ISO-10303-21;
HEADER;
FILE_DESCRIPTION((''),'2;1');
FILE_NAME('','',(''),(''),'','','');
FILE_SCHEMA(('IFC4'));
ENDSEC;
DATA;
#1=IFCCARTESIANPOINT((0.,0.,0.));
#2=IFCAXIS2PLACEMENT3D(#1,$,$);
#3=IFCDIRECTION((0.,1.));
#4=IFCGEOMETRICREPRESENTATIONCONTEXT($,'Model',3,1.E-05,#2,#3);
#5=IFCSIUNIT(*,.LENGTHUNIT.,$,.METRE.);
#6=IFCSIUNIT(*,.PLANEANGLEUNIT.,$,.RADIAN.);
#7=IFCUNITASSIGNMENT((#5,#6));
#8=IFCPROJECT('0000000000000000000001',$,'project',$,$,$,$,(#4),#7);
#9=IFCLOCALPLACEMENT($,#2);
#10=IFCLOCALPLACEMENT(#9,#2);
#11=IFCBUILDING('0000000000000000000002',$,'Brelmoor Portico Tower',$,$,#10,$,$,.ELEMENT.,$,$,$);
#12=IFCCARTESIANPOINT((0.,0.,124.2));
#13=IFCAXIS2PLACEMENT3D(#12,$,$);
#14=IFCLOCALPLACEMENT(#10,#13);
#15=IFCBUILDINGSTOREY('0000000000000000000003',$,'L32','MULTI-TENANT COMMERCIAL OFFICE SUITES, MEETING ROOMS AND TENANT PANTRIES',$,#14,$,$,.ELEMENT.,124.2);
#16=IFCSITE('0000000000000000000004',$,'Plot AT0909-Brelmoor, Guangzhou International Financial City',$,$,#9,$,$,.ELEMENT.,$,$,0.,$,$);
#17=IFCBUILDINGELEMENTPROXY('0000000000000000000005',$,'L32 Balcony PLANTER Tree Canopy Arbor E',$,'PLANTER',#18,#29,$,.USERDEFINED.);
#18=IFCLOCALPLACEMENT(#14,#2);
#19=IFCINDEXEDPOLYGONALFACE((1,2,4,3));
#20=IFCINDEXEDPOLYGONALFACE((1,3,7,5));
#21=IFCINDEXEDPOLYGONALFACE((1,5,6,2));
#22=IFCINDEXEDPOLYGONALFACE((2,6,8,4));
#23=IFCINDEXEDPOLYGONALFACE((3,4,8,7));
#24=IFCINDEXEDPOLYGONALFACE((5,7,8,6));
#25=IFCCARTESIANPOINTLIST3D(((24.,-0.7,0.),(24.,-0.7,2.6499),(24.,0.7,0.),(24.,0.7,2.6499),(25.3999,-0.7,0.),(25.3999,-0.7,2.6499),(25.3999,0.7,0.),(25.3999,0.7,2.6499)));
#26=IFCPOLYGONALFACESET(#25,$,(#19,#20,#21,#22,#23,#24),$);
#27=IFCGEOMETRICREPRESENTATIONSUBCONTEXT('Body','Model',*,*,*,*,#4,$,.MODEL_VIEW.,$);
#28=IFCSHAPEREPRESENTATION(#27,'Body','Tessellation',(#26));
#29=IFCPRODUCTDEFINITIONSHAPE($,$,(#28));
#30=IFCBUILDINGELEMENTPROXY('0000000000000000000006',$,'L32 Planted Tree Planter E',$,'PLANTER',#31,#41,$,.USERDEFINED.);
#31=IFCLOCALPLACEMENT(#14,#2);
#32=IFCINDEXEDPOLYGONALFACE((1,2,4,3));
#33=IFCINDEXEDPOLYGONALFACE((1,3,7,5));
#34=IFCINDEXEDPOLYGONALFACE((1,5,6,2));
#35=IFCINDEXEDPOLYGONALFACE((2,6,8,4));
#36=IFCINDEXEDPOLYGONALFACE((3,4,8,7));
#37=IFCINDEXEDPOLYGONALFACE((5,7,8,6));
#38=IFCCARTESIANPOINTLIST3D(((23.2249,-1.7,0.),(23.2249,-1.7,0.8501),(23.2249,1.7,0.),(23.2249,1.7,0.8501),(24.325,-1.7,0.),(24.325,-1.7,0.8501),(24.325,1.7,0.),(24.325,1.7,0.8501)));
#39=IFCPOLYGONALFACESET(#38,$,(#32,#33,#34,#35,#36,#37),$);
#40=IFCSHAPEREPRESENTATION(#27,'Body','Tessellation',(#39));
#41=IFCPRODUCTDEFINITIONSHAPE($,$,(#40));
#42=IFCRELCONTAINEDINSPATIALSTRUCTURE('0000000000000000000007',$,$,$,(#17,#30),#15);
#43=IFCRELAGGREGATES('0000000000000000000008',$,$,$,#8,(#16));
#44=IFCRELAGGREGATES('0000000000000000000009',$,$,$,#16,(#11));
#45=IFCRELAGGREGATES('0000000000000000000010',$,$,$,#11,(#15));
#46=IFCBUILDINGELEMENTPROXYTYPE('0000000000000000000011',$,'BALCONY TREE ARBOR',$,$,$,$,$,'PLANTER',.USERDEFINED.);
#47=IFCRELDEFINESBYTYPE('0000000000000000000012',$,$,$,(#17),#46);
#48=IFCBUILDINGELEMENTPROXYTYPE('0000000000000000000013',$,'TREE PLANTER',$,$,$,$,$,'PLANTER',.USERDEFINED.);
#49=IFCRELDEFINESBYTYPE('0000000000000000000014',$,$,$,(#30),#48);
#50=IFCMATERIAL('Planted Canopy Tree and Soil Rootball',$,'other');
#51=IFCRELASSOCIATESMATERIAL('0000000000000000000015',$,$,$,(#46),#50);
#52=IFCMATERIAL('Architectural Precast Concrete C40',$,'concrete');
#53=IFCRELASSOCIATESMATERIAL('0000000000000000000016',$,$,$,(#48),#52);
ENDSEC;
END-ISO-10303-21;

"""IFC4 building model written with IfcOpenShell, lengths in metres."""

from ifc_helpers import new_model, si_unit, direction, frame, origin, origin_2d, place, context, subcontext, project, spatial, rectangle, extrude, material, type_object, element, save


model = new_model("IFC4")

# Units and contexts
model_context = context("Model", 3, precision=1e-05, world=origin(), true_north=direction((0.0, 1.0)))
body_context = subcontext(model_context, "Body", "Model", "MODEL_VIEW")
ifc_project = project(units=[si_unit("LENGTHUNIT", "METRE"), si_unit("PLANEANGLEUNIT", "RADIAN")], contexts=[model_context])

# Site, building, storey
site_placement = place(None, origin())
site = spatial("IfcSite", under=ifc_project, at=site_placement, Name="Plot AT0909-Brelmoor, Guangzhou International Financial City", CompositionType="ELEMENT", RefElevation=0.0)
building_placement = place(site_placement, origin())
building = spatial("IfcBuilding", under=site, at=building_placement, Name="Brelmoor Portico Tower", CompositionType="ELEMENT")
storey_placement = place(building_placement, frame((0.0, 0.0, 124.2)))
storey = spatial("IfcBuildingStorey", under=building, at=storey_placement, Name="L32", Description="MULTI-TENANT COMMERCIAL OFFICE SUITES, MEETING ROOMS AND TENANT PANTRIES", CompositionType="ELEMENT", Elevation=124.2)

# Building element proxies
ifc_material_1 = material(Name="Planted Canopy Tree and Soil Rootball", Category="other")
building_element_proxy_type_1 = type_object("IfcBuildingElementProxyType", Name="BALCONY TREE ARBOR", ElementType="PLANTER", PredefinedType="USERDEFINED", material=ifc_material_1)
proxy_1_placement = place(storey_placement, frame((24.7, 0.0, 0.0), z_axis=(0.0, 0.0, 1.0), x_axis=(1.0, 0.0, 0.0)))
element("IfcBuildingElementProxy", 1, at=proxy_1_placement, inside=storey, type_object=building_element_proxy_type_1, Name="L32 Balcony PLANTER Tree Canopy Arbor E", ObjectType="PLANTER", PredefinedType="USERDEFINED", context=body_context, shape_type="SweptSolid", body=[
    extrude(rectangle(XDim=1.3999, YDim=1.3999, at=origin_2d()), origin(), (0.0, 0.0, 1.0), 2.6499),
])
ifc_material_2 = material(Name="Architectural Precast Concrete C40", Category="concrete")
building_element_proxy_type_2 = type_object("IfcBuildingElementProxyType", Name="TREE PLANTER", ElementType="PLANTER", PredefinedType="USERDEFINED", material=ifc_material_2)
proxy_2_placement = place(storey_placement, frame((23.7749, 0.0, 0.0), z_axis=(0.0, 0.0, 1.0), x_axis=(0.0, 1.0, 0.0)))
element("IfcBuildingElementProxy", 2, at=proxy_2_placement, inside=storey, type_object=building_element_proxy_type_2, Name="L32 Planted Tree Planter E", ObjectType="PLANTER", PredefinedType="USERDEFINED", context=body_context, shape_type="SweptSolid", body=[
    extrude(rectangle(XDim=3.3999, YDim=1.1001, at=origin_2d()), origin(), (0.0, 0.0, 1.0), 0.8501),
])

save(model, "model.ifc")
